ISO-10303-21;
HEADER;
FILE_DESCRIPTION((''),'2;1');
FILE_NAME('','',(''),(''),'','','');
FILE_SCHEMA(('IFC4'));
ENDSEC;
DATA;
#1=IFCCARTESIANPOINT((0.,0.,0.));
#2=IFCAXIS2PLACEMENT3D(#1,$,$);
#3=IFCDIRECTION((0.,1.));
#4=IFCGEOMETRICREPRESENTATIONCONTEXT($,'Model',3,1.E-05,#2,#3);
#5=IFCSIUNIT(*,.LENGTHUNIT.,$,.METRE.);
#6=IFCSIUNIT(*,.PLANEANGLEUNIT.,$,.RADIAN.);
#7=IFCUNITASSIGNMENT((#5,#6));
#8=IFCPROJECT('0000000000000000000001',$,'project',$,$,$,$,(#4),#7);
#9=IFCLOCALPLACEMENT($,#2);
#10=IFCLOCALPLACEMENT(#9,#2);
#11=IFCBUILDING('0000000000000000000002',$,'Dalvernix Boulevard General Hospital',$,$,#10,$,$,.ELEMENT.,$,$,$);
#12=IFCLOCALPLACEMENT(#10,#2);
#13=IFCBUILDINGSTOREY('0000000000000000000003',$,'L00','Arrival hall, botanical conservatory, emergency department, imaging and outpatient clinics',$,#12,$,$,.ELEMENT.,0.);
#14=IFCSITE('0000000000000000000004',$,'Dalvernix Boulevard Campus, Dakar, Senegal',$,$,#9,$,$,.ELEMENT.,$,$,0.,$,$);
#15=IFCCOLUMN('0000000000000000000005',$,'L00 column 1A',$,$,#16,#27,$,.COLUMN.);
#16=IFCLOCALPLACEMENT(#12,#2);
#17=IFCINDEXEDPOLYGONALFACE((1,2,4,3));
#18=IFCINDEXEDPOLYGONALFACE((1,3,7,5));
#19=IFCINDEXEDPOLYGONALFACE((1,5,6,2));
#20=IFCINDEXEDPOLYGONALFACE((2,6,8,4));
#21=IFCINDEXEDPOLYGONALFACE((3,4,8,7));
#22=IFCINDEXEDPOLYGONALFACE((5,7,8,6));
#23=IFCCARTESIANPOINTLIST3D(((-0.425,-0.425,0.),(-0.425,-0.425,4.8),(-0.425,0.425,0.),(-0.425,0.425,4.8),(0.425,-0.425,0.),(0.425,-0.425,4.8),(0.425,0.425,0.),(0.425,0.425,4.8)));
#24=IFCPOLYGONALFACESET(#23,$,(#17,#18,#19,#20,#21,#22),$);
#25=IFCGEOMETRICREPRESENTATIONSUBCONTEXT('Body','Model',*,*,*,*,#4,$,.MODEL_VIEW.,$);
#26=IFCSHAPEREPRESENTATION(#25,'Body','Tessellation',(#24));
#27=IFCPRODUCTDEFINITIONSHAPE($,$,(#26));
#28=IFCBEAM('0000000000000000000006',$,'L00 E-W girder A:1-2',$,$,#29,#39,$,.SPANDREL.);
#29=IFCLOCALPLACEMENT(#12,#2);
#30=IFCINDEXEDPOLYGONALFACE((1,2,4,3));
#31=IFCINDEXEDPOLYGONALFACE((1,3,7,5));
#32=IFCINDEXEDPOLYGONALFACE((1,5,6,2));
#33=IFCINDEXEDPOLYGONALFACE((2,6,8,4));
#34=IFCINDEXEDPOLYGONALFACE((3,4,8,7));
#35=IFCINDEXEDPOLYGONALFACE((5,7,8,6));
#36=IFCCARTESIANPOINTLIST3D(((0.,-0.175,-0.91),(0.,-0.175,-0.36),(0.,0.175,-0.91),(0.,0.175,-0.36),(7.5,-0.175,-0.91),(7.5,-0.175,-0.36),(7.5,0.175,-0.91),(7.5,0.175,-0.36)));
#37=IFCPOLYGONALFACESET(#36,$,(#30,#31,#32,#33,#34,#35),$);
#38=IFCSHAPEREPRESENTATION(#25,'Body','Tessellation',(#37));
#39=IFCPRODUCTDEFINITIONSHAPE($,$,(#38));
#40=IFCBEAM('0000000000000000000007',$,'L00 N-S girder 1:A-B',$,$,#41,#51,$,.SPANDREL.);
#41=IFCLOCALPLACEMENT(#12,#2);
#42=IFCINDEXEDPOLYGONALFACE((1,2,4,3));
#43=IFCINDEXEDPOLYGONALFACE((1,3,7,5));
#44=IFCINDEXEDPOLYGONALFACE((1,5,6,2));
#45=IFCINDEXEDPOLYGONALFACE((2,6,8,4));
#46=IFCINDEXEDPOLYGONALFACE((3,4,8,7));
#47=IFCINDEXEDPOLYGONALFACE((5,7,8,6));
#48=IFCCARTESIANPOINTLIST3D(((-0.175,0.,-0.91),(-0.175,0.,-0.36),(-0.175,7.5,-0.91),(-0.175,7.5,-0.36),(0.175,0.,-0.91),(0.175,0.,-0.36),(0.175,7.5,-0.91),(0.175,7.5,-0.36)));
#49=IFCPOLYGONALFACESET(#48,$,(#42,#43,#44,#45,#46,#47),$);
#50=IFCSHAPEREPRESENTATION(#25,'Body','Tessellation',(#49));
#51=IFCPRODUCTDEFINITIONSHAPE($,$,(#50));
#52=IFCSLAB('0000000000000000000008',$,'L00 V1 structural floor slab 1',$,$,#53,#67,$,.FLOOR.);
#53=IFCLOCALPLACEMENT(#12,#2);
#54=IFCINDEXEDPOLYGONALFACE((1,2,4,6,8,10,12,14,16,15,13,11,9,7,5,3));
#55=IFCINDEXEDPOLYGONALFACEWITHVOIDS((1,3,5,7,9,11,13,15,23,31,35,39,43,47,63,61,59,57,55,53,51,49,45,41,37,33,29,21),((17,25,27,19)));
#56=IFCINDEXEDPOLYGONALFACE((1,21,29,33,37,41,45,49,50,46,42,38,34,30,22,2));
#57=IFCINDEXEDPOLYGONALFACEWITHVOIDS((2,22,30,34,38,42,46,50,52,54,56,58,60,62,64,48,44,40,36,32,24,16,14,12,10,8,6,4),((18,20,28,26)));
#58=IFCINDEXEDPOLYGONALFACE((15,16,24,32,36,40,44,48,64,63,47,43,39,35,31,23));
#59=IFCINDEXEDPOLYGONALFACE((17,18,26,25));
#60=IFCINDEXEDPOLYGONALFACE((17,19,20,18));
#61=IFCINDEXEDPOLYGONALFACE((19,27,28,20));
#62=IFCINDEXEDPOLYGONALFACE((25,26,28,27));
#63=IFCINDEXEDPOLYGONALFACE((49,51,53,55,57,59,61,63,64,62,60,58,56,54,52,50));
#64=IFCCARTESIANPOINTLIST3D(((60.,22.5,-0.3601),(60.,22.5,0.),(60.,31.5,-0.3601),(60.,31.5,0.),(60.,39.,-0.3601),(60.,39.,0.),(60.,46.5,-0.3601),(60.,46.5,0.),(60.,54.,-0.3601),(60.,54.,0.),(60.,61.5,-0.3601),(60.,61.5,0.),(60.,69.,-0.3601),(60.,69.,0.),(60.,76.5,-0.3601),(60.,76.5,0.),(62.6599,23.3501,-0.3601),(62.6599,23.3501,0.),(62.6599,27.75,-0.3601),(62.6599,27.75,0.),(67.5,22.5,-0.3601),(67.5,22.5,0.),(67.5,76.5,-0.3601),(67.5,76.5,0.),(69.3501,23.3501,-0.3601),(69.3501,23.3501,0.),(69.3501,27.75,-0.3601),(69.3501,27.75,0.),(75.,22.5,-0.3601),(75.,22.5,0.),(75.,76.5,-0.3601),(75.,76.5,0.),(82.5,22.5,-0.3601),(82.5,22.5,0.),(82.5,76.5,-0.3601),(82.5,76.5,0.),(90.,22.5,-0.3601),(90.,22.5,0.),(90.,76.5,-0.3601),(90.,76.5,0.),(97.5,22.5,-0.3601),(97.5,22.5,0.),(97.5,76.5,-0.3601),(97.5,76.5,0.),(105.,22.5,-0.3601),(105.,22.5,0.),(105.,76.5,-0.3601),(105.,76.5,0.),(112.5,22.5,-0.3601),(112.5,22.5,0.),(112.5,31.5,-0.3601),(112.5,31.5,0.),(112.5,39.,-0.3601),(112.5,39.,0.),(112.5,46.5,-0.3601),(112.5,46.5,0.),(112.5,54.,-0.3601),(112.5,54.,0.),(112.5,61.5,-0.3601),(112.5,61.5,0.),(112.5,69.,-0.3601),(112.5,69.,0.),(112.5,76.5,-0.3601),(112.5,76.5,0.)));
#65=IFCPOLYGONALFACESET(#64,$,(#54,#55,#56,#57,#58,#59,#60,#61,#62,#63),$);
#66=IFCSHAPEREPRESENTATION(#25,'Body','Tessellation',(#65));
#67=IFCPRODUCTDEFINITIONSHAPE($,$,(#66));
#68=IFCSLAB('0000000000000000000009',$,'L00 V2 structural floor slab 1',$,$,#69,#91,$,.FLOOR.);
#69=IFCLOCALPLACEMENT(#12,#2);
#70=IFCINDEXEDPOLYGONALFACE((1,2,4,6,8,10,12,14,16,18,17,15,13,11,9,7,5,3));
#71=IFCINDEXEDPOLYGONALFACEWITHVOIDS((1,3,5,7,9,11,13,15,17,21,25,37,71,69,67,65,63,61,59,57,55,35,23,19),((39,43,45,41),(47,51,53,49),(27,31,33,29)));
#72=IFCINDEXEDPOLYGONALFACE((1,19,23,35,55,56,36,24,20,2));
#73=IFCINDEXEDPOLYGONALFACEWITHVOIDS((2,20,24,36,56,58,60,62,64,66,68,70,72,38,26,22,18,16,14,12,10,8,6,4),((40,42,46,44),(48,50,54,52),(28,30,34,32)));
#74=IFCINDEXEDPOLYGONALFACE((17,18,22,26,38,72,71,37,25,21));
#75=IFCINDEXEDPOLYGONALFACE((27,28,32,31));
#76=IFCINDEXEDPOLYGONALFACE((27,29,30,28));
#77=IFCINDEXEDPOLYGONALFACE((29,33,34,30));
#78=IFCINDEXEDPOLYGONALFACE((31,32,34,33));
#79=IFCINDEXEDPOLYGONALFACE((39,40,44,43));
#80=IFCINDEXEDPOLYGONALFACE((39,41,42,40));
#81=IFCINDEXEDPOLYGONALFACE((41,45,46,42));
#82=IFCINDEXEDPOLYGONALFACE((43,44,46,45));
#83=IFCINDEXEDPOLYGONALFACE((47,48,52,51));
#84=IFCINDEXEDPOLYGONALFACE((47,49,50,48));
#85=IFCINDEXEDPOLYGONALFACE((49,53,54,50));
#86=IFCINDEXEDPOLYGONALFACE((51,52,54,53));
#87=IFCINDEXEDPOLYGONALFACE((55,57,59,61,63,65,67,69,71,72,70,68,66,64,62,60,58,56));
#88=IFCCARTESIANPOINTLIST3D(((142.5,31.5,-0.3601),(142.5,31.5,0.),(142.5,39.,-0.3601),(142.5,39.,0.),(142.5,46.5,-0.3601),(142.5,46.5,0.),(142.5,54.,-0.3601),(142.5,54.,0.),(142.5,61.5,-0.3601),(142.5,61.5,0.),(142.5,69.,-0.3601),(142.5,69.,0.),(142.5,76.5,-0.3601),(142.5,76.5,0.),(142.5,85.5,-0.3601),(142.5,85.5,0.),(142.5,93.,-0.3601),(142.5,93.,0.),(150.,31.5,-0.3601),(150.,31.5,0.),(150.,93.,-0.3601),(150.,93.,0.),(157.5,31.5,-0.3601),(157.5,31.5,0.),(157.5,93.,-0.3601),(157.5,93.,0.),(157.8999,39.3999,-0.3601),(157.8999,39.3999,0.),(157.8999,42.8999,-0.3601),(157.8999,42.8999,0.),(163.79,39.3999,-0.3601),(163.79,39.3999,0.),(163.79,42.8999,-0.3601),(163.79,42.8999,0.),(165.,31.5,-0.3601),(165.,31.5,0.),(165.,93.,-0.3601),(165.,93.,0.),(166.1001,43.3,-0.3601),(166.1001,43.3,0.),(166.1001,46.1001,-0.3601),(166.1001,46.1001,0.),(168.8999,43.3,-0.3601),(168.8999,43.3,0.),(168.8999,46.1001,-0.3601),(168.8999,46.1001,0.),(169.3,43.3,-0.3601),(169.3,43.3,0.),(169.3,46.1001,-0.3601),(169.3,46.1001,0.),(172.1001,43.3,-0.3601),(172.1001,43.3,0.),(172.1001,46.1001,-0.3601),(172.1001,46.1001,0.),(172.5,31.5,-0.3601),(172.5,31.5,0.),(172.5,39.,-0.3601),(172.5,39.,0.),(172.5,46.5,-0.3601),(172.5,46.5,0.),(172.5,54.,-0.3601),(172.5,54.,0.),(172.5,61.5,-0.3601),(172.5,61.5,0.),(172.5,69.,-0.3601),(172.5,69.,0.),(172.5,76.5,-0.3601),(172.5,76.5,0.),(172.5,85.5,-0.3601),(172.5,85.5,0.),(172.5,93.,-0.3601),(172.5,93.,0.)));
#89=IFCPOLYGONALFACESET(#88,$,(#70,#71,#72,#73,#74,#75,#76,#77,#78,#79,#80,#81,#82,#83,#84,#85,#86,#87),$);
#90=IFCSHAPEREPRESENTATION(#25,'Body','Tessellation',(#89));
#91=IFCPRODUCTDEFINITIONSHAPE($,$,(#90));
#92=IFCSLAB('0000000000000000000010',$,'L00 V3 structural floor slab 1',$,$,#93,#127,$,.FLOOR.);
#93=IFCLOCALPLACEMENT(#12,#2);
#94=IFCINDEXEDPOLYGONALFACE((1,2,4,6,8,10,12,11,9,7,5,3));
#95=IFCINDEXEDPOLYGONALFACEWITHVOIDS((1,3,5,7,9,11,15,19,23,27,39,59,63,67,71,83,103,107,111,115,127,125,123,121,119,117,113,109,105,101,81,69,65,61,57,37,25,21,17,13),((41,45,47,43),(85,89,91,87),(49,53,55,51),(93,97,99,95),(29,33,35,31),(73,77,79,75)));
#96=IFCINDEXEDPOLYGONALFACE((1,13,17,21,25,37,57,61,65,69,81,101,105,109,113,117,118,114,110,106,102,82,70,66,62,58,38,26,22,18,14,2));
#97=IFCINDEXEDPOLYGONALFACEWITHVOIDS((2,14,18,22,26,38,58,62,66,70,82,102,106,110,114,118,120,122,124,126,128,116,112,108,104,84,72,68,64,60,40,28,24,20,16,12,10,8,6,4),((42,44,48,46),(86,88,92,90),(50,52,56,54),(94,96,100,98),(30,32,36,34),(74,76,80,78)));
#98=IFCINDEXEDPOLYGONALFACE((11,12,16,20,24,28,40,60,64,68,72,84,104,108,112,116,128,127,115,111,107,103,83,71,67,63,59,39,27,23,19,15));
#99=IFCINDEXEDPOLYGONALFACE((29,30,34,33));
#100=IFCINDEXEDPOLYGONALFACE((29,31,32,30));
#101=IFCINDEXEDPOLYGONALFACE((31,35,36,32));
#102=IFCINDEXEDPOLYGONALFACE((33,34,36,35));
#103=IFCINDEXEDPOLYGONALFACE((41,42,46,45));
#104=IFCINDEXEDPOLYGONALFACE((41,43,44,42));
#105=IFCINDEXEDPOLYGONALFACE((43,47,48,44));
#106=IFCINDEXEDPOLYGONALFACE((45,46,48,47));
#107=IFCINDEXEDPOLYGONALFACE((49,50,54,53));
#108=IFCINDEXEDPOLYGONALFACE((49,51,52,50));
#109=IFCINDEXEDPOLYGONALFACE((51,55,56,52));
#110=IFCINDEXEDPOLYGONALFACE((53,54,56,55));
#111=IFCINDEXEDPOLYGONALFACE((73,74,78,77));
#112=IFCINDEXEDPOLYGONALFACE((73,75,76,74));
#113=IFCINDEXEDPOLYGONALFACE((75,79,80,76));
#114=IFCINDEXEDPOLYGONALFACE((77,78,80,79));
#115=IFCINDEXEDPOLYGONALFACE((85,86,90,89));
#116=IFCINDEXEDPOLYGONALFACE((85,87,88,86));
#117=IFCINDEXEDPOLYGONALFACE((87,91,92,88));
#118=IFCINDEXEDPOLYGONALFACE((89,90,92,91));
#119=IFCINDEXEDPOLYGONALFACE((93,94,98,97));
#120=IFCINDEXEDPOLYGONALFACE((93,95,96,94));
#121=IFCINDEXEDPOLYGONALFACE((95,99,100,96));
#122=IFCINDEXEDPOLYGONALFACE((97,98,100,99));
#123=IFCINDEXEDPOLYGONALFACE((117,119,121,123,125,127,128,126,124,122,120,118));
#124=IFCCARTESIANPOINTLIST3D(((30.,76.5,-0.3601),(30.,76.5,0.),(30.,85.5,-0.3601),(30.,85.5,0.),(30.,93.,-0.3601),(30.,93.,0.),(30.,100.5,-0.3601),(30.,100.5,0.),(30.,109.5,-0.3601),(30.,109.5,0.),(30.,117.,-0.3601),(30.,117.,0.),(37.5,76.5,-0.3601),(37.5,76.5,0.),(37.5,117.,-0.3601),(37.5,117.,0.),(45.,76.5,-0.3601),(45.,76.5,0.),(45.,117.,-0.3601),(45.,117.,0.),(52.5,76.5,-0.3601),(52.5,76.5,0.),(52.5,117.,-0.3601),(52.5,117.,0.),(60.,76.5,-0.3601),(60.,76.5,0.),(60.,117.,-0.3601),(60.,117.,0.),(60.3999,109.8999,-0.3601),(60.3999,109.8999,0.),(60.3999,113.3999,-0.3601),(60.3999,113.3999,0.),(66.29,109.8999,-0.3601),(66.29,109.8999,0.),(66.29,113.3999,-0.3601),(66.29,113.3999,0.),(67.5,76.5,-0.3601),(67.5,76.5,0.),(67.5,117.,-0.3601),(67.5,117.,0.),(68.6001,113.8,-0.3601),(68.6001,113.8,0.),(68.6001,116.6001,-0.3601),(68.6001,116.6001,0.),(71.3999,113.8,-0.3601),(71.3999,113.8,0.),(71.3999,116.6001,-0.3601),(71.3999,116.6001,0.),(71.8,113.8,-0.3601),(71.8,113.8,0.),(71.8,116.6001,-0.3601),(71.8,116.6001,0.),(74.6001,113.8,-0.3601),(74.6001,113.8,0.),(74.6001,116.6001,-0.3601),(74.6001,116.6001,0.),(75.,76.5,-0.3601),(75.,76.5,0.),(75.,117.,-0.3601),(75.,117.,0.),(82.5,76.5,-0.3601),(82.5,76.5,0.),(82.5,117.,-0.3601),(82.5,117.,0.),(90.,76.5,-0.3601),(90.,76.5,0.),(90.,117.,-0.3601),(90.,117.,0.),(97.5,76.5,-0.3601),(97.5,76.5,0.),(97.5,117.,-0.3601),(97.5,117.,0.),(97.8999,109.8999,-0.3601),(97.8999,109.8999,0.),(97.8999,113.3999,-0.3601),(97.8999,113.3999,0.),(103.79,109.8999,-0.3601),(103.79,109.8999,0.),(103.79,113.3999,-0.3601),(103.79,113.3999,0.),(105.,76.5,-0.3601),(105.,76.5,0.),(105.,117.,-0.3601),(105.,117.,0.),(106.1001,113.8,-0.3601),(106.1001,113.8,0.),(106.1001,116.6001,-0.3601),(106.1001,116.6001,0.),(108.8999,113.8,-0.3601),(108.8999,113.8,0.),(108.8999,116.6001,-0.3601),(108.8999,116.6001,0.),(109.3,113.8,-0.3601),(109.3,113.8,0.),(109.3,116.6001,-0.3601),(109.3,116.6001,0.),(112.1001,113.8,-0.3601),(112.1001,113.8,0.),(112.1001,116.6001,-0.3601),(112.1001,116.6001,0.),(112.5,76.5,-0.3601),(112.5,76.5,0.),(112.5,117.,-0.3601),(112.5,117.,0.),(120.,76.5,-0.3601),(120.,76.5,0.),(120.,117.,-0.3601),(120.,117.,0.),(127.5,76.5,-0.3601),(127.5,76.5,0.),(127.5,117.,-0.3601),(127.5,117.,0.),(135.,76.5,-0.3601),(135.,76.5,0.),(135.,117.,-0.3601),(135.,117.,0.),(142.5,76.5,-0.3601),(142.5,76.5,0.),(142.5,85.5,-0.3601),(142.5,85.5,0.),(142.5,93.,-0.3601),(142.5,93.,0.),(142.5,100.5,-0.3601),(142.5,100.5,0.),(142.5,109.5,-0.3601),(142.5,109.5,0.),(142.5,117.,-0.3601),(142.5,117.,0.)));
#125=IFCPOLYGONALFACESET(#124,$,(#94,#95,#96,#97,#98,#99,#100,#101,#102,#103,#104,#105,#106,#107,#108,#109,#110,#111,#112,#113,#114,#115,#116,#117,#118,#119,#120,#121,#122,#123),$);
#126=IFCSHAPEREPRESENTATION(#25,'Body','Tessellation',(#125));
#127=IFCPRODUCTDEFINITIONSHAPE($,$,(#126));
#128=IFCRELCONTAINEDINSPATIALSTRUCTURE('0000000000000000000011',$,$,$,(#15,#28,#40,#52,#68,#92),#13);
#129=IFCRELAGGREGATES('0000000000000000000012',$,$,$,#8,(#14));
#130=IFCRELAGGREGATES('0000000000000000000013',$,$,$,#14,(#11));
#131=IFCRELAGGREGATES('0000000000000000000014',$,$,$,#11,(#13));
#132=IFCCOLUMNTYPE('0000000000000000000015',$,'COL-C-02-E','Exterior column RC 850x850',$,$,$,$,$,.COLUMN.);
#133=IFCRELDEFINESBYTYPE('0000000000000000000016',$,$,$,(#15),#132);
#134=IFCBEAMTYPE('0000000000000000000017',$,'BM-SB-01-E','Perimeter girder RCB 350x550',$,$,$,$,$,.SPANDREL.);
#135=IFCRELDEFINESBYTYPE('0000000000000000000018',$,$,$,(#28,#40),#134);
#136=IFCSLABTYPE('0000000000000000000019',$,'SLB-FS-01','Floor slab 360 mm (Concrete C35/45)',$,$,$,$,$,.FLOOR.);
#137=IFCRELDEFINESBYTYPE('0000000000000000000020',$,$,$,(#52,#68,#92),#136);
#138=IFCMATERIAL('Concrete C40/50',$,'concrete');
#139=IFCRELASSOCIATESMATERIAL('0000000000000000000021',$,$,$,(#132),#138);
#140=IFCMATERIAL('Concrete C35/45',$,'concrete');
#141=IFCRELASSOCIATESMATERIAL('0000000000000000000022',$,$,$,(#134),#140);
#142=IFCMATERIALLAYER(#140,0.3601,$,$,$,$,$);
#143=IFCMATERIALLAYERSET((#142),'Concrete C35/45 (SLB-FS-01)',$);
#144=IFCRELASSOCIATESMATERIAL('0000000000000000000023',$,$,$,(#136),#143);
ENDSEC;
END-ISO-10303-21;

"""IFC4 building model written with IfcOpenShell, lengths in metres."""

from ifc_helpers import new_model, si_unit, direction, frame, origin, origin_with_axes, origin_2d, place, context, subcontext, project, spatial, polyline, rectangle, outline, extrude, material, layer, layer_set, material_profile, profile_set, type_object, element, save


model = new_model("IFC4")

# Units and contexts
model_context = context("Model", 3, precision=1e-05, world=origin(), true_north=direction((0.0, 1.0)))
body_context = subcontext(model_context, "Body", "Model", "MODEL_VIEW")
ifc_project = project(units=[si_unit("LENGTHUNIT", "METRE"), si_unit("PLANEANGLEUNIT", "RADIAN")], contexts=[model_context])

# Site, building, storey
site_placement = place(None, origin())
site = spatial("IfcSite", under=ifc_project, at=site_placement, Name="Dalvernix Boulevard Campus, Dakar, Senegal", CompositionType="ELEMENT", RefElevation=0.0)
building_placement = place(site_placement, origin())
building = spatial("IfcBuilding", under=site, at=building_placement, Name="Dalvernix Boulevard General Hospital", CompositionType="ELEMENT")
storey_placement = place(building_placement, origin())
storey = spatial("IfcBuildingStorey", under=building, at=storey_placement, Name="L00", Description="Arrival hall, botanical conservatory, emergency department, imaging and outpatient clinics", CompositionType="ELEMENT", Elevation=0.0)

# Column
ifc_material_1 = material(Name="Concrete C40/50", Category="concrete")
ifc_material_profile_1 = material_profile(ifc_material_1, rectangle(XDim=0.8501, YDim=0.8501, at=origin_2d()), Name="RC 850x850")
ifc_profile_set_1 = profile_set([ifc_material_profile_1], Name="Concrete C40/50")
column_type = type_object("IfcColumnType", Name="COL-C-02-E", Description="Exterior column RC 850x850", PredefinedType="COLUMN", material=ifc_profile_set_1)
column_placement = place(storey_placement, origin_with_axes())
element("IfcColumn", 1, at=column_placement, inside=storey, type_object=column_type, Name="L00 column 1A", PredefinedType="COLUMN", context=body_context, shape_type="SweptSolid", body=[
    extrude(rectangle(XDim=0.8501, YDim=0.8501, at=origin_2d()), origin(), (0.0, 0.0, 1.0), 4.8),
])

# Beams
ifc_material_2 = material(Name="Concrete C35/45", Category="concrete")
ifc_material_profile_2 = material_profile(ifc_material_2, rectangle(XDim=0.3501, YDim=0.55, at=origin_2d()), Name="RCB 350x550")
ifc_profile_set_2 = profile_set([ifc_material_profile_2], Name="Concrete C35/45")
beam_type = type_object("IfcBeamType", Name="BM-SB-01-E", Description="Perimeter girder RCB 350x550", PredefinedType="SPANDREL", material=ifc_profile_set_2)
for number, where, z_axis, x_axis, name in (
    (2, (0.0, 0.0, -0.635), (1.0, 0.0, 0.0), (0.0, 1.0, 0.0), "L00 E-W girder A:1-2"),
    (3, (0.0, 0.0, -0.635), (0.0, 1.0, 0.0), (-1.0, 0.0, 0.0), "L00 N-S girder 1:A-B"),
):
    element("IfcBeam", number, at=place(storey_placement, frame(where, z_axis=z_axis, x_axis=x_axis)), inside=storey, type_object=beam_type, Name=name, PredefinedType="SPANDREL", context=body_context, shape_type="SweptSolid", body=[
        extrude(rectangle(XDim=0.3501, YDim=0.55, at=origin_2d()), origin(), (0.0, 0.0, 1.0), 7.5),
    ])

# Slabs
ifc_layer_1 = layer(ifc_material_2, 0.3601)
ifc_layer_set_1 = layer_set([ifc_layer_1], Name="Concrete C35/45 (SLB-FS-01)")
slab_type_1 = type_object("IfcSlabType", Name="SLB-FS-01", Description="Floor slab 360 mm (Concrete C35/45)", PredefinedType="FLOOR", material=ifc_layer_set_1)
slab_1_placement = place(storey_placement, frame((0.0, 0.0, -0.3601)))
element("IfcSlab", 4, at=slab_1_placement, inside=storey, type_object=slab_type_1, Name="L00 V1 structural floor slab 1", PredefinedType="FLOOR", context=body_context, shape_type="SweptSolid", body=[
    extrude(outline(polyline([(60.0, 61.5), (60.0, 69.0), (60.0, 76.5), (67.5, 76.5), (75.0, 76.5), (82.5, 76.5), (90.0, 76.5), (97.5, 76.5), (105.0, 76.5), (112.5, 76.5), (112.5, 69.0), (112.5, 61.5), (112.5, 54.0), (112.5, 46.5), (112.5, 39.0), (112.5, 31.5), (112.5, 22.5), (105.0, 22.5), (97.5, 22.5), (90.0, 22.5), (82.5, 22.5), (75.0, 22.5), (67.5, 22.5), (60.0, 22.5), (60.0, 31.5), (60.0, 39.0), (60.0, 46.5), (60.0, 54.0), (60.0, 61.5)]), holes=[polyline([(69.3501, 27.75), (62.6599, 27.75), (62.6599, 23.3501), (69.3501, 23.3501), (69.3501, 27.75)])]), origin(), (0.0, 0.0, 1.0), 0.3601),
])
slab_2_placement = place(storey_placement, frame((0.0, 0.0, -0.3601)))
element("IfcSlab", 5, at=slab_2_placement, inside=storey, type_object=slab_type_1, Name="L00 V2 structural floor slab 1", PredefinedType="FLOOR", context=body_context, shape_type="SweptSolid", body=[
    extrude(outline(polyline([(142.5, 85.5), (142.5, 93.0), (150.0, 93.0), (157.5, 93.0), (165.0, 93.0), (172.5, 93.0), (172.5, 85.5), (172.5, 76.5), (172.5, 69.0), (172.5, 61.5), (172.5, 54.0), (172.5, 46.5), (172.5, 39.0), (172.5, 31.5), (165.0, 31.5), (157.5, 31.5), (150.0, 31.5), (142.5, 31.5), (142.5, 39.0), (142.5, 46.5), (142.5, 54.0), (142.5, 61.5), (142.5, 69.0), (142.5, 76.5), (142.5, 85.5)]), holes=[polyline([(157.8999, 39.3999), (163.79, 39.3999), (163.79, 42.8999), (157.8999, 42.8999), (157.8999, 39.3999)]), polyline([(166.1001, 46.1001), (166.1001, 43.3), (168.8999, 43.3), (168.8999, 46.1001), (166.1001, 46.1001)]), polyline([(172.1001, 46.1001), (169.3, 46.1001), (169.3, 43.3), (172.1001, 43.3), (172.1001, 46.1001)])]), origin(), (0.0, 0.0, 1.0), 0.3601),
])
slab_3_placement = place(storey_placement, frame((0.0, 0.0, -0.3601)))
element("IfcSlab", 6, at=slab_3_placement, inside=storey, type_object=slab_type_1, Name="L00 V3 structural floor slab 1", PredefinedType="FLOOR", context=body_context, shape_type="SweptSolid", body=[
    extrude(outline(polyline([(30.0, 100.5), (30.0, 109.5), (30.0, 117.0), (37.5, 117.0), (45.0, 117.0), (52.5, 117.0), (60.0, 117.0), (67.5, 117.0), (75.0, 117.0), (82.5, 117.0), (90.0, 117.0), (97.5, 117.0), (105.0, 117.0), (112.5, 117.0), (120.0, 117.0), (127.5, 117.0), (135.0, 117.0), (142.5, 117.0), (142.5, 109.5), (142.5, 100.5), (142.5, 93.0), (142.5, 85.5), (142.5, 76.5), (135.0, 76.5), (127.5, 76.5), (120.0, 76.5), (112.5, 76.5), (105.0, 76.5), (97.5, 76.5), (90.0, 76.5), (82.5, 76.5), (75.0, 76.5), (67.5, 76.5), (60.0, 76.5), (52.5, 76.5), (45.0, 76.5), (37.5, 76.5), (30.0, 76.5), (30.0, 85.5), (30.0, 93.0), (30.0, 100.5)]), holes=[polyline([(60.3999, 113.3999), (60.3999, 109.8999), (66.29, 109.8999), (66.29, 113.3999), (60.3999, 113.3999)]), polyline([(71.3999, 116.6001), (68.6001, 116.6001), (68.6001, 113.8), (71.3999, 113.8), (71.3999, 116.6001)]), polyline([(74.6001, 113.8), (74.6001, 116.6001), (71.8, 116.6001), (71.8, 113.8), (74.6001, 113.8)]), polyline([(97.8999, 109.8999), (103.79, 109.8999), (103.79, 113.3999), (97.8999, 113.3999), (97.8999, 109.8999)]), polyline([(106.1001, 116.6001), (106.1001, 113.8), (108.8999, 113.8), (108.8999, 116.6001), (106.1001, 116.6001)]), polyline([(112.1001, 116.6001), (109.3, 116.6001), (109.3, 113.8), (112.1001, 113.8), (112.1001, 116.6001)])]), origin(), (0.0, 0.0, 1.0), 0.3601),
])

save(model, "model.ifc")
